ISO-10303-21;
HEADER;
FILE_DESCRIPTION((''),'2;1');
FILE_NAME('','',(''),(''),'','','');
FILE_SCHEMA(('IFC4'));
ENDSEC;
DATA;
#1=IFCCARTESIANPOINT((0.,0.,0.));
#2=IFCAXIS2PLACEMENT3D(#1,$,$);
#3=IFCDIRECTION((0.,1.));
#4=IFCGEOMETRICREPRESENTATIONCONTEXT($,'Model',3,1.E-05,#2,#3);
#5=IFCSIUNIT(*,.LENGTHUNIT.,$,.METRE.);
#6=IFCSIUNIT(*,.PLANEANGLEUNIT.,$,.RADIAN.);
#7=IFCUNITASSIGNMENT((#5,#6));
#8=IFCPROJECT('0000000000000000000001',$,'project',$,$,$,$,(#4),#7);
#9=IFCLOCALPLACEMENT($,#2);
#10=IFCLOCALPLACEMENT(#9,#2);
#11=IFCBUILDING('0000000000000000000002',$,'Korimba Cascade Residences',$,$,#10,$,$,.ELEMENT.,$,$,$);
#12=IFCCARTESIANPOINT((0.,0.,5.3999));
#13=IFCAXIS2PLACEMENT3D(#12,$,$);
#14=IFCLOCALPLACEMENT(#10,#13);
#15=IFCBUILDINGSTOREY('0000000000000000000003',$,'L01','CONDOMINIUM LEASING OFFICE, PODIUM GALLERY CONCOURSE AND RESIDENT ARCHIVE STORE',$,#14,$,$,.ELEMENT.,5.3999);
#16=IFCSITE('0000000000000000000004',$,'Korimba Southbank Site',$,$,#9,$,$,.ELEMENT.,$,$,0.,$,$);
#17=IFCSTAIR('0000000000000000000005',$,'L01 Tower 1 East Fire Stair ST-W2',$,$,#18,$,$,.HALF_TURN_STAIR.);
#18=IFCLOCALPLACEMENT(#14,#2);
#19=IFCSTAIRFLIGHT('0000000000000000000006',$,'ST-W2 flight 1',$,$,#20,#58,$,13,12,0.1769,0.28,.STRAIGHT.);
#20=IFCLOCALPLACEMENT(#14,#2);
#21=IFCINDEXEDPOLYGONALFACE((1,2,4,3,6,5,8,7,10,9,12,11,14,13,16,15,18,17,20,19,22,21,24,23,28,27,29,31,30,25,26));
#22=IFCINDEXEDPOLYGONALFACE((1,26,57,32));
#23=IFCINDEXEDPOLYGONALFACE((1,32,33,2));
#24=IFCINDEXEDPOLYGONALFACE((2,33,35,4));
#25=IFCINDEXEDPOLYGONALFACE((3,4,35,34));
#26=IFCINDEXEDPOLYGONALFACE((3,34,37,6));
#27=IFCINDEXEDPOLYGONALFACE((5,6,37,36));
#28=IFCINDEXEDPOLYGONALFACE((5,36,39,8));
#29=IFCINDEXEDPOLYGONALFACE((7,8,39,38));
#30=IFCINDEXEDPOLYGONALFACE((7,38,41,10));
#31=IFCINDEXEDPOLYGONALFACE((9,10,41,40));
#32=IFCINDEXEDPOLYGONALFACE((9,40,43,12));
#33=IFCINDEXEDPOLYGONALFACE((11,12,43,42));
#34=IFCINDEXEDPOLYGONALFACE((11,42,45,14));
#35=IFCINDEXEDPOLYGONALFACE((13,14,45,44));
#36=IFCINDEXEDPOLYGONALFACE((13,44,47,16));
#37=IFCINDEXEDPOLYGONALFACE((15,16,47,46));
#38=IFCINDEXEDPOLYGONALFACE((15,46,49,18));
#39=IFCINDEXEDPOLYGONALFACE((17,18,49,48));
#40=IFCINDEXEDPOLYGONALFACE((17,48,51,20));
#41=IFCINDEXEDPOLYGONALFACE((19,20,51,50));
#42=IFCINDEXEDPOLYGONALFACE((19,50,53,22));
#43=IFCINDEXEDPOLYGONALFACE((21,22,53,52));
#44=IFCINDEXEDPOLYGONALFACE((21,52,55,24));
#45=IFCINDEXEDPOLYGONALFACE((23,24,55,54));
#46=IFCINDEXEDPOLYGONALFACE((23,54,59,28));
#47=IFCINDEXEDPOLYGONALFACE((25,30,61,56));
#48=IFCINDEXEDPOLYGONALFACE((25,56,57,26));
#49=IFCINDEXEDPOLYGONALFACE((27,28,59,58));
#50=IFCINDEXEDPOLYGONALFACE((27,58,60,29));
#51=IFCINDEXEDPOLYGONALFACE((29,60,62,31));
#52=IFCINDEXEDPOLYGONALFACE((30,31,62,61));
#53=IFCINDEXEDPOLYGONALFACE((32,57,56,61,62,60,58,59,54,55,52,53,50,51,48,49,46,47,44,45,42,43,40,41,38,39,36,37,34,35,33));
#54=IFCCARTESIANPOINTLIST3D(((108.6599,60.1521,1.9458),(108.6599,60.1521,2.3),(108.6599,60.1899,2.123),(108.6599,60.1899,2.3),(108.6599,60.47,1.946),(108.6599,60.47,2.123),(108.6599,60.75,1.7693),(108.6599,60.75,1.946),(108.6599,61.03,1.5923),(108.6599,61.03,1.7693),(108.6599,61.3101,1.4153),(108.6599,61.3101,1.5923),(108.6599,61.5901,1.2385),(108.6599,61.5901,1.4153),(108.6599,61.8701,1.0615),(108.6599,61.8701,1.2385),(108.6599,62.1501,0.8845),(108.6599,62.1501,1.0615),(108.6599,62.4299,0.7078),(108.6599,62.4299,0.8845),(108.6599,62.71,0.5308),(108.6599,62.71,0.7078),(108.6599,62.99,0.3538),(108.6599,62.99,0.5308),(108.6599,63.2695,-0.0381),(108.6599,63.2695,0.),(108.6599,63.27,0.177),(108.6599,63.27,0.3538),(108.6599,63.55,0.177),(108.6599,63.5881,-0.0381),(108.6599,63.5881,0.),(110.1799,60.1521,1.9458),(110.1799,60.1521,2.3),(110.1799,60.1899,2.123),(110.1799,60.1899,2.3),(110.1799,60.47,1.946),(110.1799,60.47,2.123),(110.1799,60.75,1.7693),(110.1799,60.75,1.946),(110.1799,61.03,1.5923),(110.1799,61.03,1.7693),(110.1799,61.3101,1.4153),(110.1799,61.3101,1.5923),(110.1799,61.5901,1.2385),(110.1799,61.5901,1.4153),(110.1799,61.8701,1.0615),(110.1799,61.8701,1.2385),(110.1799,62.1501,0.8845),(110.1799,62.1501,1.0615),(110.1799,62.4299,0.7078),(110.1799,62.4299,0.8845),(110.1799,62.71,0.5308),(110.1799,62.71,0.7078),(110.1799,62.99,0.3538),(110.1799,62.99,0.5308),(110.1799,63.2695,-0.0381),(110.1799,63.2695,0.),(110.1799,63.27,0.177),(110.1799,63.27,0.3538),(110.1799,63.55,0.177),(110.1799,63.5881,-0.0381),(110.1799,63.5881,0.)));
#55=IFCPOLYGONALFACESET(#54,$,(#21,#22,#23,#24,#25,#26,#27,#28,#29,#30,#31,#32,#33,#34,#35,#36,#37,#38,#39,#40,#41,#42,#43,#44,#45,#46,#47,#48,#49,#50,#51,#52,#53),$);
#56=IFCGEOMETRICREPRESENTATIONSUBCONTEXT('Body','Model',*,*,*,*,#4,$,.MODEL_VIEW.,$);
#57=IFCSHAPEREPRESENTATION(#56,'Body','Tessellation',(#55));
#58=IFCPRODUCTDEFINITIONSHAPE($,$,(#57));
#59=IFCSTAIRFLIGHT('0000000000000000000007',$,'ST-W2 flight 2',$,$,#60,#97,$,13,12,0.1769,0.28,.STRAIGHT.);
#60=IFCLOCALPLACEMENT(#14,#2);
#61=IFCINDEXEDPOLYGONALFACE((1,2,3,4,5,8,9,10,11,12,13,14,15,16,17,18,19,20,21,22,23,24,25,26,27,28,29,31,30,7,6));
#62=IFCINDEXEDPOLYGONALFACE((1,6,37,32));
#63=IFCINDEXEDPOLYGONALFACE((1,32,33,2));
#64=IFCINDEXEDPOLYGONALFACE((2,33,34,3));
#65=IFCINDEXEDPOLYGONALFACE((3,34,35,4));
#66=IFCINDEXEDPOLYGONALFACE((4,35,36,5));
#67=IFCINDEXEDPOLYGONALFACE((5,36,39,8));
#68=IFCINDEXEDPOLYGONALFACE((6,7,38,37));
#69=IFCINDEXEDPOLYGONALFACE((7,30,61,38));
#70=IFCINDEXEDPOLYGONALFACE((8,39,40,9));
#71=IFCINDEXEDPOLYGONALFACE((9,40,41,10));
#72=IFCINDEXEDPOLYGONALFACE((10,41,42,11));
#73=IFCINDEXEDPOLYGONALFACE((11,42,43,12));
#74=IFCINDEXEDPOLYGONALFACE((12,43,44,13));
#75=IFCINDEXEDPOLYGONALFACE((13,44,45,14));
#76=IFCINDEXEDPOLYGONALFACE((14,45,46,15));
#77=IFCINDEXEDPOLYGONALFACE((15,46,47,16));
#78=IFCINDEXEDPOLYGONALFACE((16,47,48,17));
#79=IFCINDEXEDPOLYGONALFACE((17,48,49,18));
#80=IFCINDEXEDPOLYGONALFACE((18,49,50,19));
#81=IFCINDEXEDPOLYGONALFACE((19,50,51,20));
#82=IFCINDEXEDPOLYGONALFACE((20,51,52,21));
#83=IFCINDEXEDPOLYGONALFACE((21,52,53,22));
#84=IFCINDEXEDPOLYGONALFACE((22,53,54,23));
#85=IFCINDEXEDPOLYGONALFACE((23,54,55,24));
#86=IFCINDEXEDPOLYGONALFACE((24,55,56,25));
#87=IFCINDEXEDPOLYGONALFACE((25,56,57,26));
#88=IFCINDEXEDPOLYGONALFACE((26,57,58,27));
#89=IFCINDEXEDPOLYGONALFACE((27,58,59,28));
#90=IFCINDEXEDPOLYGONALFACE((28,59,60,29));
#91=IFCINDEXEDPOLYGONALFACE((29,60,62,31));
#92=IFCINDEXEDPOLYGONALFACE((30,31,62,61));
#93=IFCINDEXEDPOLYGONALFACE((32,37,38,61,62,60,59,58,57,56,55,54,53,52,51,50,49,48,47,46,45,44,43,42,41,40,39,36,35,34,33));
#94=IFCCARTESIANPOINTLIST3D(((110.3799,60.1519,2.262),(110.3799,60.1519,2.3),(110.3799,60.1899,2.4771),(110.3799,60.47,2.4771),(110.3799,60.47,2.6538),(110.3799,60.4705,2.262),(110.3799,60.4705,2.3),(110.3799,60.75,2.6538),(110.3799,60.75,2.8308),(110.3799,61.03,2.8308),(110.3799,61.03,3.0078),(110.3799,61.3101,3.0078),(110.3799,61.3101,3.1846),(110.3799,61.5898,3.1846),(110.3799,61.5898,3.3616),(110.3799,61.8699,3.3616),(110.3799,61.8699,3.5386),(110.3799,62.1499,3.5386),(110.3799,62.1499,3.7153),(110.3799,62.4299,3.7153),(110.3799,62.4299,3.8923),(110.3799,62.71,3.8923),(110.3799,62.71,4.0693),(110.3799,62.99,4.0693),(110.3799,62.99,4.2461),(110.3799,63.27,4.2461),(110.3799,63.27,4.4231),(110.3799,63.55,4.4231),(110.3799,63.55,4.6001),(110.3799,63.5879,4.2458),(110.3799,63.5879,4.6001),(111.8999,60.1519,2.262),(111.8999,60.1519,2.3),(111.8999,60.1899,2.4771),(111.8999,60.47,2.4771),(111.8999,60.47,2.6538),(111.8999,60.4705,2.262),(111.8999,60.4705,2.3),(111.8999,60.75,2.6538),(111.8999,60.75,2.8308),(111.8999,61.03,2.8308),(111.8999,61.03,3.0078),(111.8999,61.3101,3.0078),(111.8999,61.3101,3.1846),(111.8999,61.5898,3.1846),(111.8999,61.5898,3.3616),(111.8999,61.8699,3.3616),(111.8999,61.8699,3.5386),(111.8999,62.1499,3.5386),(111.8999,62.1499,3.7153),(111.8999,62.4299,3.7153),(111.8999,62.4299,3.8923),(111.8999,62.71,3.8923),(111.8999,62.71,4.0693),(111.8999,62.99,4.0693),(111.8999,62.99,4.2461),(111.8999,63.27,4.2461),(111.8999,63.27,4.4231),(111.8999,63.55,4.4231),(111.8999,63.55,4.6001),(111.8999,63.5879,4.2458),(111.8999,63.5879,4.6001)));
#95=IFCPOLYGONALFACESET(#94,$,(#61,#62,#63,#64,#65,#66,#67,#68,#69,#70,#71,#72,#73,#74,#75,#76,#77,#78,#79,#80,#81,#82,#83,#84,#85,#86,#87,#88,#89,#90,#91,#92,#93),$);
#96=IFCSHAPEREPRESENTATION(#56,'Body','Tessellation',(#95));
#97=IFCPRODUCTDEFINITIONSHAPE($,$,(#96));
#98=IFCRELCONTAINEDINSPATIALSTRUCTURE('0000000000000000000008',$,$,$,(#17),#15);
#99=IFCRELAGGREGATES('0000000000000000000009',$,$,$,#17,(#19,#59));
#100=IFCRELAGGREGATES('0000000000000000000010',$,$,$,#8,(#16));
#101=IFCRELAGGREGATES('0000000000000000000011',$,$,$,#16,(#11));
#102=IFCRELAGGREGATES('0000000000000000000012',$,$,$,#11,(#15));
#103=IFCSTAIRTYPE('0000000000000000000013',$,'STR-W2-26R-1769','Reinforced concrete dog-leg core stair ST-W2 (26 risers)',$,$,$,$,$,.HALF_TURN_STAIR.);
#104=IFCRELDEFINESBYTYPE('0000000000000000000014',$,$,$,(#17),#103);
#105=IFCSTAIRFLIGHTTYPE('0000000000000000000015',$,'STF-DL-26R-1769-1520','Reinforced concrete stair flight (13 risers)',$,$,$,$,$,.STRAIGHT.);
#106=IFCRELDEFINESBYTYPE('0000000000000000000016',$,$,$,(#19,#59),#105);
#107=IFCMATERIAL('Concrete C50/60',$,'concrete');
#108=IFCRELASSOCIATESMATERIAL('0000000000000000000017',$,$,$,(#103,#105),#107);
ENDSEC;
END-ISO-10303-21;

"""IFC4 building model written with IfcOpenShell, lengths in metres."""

from ifc_helpers import new_model, si_unit, direction, frame, origin, place, context, subcontext, project, spatial, polyline, outline, extrude, material, type_object, element, aggregate, save


model = new_model("IFC4")

# Units and contexts
model_context = context("Model", 3, precision=1e-05, world=origin(), true_north=direction((0.0, 1.0)))
body_context = subcontext(model_context, "Body", "Model", "MODEL_VIEW")
ifc_project = project(units=[si_unit("LENGTHUNIT", "METRE"), si_unit("PLANEANGLEUNIT", "RADIAN")], contexts=[model_context])

# Site, building, storey
site_placement = place(None, origin())
site = spatial("IfcSite", under=ifc_project, at=site_placement, Name="Korimba Southbank Site", CompositionType="ELEMENT", RefElevation=0.0)
building_placement = place(site_placement, origin())
building = spatial("IfcBuilding", under=site, at=building_placement, Name="Korimba Cascade Residences", CompositionType="ELEMENT")
storey_placement = place(building_placement, frame((0.0, 0.0, 5.3999)))
storey = spatial("IfcBuildingStorey", under=building, at=storey_placement, Name="L01", Description="CONDOMINIUM LEASING OFFICE, PODIUM GALLERY CONCOURSE AND RESIDENT ARCHIVE STORE", CompositionType="ELEMENT", Elevation=5.3999)

# Shared definitions
ifc_material_1 = material(Name="Concrete C50/60", Category="concrete")

# Stair, stair flights
stair_type = type_object("IfcStairType", Name="STR-W2-26R-1769", Description="Reinforced concrete dog-leg core stair ST-W2 (26 risers)", PredefinedType="HALF_TURN_STAIR", material=ifc_material_1)
stair_placement = place(storey_placement, origin())
stair = element("IfcStair", 1, at=stair_placement, inside=storey, type_object=stair_type, Name="L01 Tower 1 East Fire Stair ST-W2", PredefinedType="HALF_TURN_STAIR")
stair_flight_type = type_object("IfcStairFlightType", Name="STF-DL-26R-1769-1520", Description="Reinforced concrete stair flight (13 risers)", PredefinedType="STRAIGHT", material=ifc_material_1)
stair_flight_1_placement = place(storey_placement, frame((109.4199, 63.55, 0.0), z_axis=(0.0, 0.0, 1.0), x_axis=(0.0, -1.0, 0.0)))
stair_flight_1 = element("IfcStairFlight", 2, at=stair_flight_1_placement, type_object=stair_flight_type, Name="ST-W2 flight 1", NumberOfRisers=13, NumberOfTreads=12, PredefinedType="STRAIGHT", RiserHeight=0.1769, TreadLength=0.28, context=body_context, shape_type="SweptSolid", body=[
    extrude(outline(polyline([(-0.0381, 0.0), (0.0, 0.177), (0.28, 0.177), (0.28, 0.3538), (0.5601, 0.3538), (0.5601, 0.5308), (0.8401, 0.5308), (0.8401, 0.7078), (1.1201, 0.7078), (1.1201, 0.8845), (1.3999, 0.8845), (1.3999, 1.0615), (1.6799, 1.0615), (1.6799, 1.2385), (1.96, 1.2385), (1.96, 1.4153), (2.24, 1.4153), (2.24, 1.5923), (2.52, 1.5923), (2.52, 1.7693), (2.8, 1.7693), (2.8, 1.946), (3.0801, 1.946), (3.0801, 2.123), (3.3601, 2.123), (3.3601, 2.3), (3.3979, 2.3), (3.3979, 1.9458), (0.2805, 0.0), (0.2805, -0.0381), (-0.0381, -0.0381), (-0.0381, 0.0)])), frame((0.0, 0.76, 0.0), z_axis=(0.0, -1.0, 0.0), x_axis=(1.0, 0.0, 0.0)), (0.0, 0.0, 1.0), 1.52),
])
stair_flight_2_placement = place(storey_placement, frame((111.1399, 60.1899, 2.3), z_axis=(0.0, 0.0, 1.0), x_axis=(0.0, 1.0, 0.0)))
stair_flight_2 = element("IfcStairFlight", 3, at=stair_flight_2_placement, type_object=stair_flight_type, Name="ST-W2 flight 2", NumberOfRisers=13, NumberOfTreads=12, PredefinedType="STRAIGHT", RiserHeight=0.1769, TreadLength=0.28, context=body_context, shape_type="SweptSolid", body=[
    extrude(outline(polyline([(-0.0381, 0.0), (0.0, 0.177), (0.28, 0.177), (0.28, 0.3538), (0.5601, 0.3538), (0.5601, 0.5308), (0.8401, 0.5308), (0.8401, 0.7078), (1.1201, 0.7078), (1.1201, 0.8845), (1.3999, 0.8845), (1.3999, 1.0615), (1.6799, 1.0615), (1.6799, 1.2385), (1.96, 1.2385), (1.96, 1.4153), (2.24, 1.4153), (2.24, 1.5923), (2.52, 1.5923), (2.52, 1.7693), (2.8, 1.7693), (2.8, 1.946), (3.0801, 1.946), (3.0801, 2.123), (3.3601, 2.123), (3.3601, 2.3), (3.3979, 2.3), (3.3979, 1.9458), (0.2805, 0.0), (0.2805, -0.0381), (-0.0381, -0.0381), (-0.0381, 0.0)])), frame((0.0, 0.76, 0.0), z_axis=(0.0, -1.0, 0.0), x_axis=(1.0, 0.0, 0.0)), (0.0, 0.0, 1.0), 1.52),
])
aggregate(stair, [stair_flight_1, stair_flight_2])

save(model, "model.ifc")
